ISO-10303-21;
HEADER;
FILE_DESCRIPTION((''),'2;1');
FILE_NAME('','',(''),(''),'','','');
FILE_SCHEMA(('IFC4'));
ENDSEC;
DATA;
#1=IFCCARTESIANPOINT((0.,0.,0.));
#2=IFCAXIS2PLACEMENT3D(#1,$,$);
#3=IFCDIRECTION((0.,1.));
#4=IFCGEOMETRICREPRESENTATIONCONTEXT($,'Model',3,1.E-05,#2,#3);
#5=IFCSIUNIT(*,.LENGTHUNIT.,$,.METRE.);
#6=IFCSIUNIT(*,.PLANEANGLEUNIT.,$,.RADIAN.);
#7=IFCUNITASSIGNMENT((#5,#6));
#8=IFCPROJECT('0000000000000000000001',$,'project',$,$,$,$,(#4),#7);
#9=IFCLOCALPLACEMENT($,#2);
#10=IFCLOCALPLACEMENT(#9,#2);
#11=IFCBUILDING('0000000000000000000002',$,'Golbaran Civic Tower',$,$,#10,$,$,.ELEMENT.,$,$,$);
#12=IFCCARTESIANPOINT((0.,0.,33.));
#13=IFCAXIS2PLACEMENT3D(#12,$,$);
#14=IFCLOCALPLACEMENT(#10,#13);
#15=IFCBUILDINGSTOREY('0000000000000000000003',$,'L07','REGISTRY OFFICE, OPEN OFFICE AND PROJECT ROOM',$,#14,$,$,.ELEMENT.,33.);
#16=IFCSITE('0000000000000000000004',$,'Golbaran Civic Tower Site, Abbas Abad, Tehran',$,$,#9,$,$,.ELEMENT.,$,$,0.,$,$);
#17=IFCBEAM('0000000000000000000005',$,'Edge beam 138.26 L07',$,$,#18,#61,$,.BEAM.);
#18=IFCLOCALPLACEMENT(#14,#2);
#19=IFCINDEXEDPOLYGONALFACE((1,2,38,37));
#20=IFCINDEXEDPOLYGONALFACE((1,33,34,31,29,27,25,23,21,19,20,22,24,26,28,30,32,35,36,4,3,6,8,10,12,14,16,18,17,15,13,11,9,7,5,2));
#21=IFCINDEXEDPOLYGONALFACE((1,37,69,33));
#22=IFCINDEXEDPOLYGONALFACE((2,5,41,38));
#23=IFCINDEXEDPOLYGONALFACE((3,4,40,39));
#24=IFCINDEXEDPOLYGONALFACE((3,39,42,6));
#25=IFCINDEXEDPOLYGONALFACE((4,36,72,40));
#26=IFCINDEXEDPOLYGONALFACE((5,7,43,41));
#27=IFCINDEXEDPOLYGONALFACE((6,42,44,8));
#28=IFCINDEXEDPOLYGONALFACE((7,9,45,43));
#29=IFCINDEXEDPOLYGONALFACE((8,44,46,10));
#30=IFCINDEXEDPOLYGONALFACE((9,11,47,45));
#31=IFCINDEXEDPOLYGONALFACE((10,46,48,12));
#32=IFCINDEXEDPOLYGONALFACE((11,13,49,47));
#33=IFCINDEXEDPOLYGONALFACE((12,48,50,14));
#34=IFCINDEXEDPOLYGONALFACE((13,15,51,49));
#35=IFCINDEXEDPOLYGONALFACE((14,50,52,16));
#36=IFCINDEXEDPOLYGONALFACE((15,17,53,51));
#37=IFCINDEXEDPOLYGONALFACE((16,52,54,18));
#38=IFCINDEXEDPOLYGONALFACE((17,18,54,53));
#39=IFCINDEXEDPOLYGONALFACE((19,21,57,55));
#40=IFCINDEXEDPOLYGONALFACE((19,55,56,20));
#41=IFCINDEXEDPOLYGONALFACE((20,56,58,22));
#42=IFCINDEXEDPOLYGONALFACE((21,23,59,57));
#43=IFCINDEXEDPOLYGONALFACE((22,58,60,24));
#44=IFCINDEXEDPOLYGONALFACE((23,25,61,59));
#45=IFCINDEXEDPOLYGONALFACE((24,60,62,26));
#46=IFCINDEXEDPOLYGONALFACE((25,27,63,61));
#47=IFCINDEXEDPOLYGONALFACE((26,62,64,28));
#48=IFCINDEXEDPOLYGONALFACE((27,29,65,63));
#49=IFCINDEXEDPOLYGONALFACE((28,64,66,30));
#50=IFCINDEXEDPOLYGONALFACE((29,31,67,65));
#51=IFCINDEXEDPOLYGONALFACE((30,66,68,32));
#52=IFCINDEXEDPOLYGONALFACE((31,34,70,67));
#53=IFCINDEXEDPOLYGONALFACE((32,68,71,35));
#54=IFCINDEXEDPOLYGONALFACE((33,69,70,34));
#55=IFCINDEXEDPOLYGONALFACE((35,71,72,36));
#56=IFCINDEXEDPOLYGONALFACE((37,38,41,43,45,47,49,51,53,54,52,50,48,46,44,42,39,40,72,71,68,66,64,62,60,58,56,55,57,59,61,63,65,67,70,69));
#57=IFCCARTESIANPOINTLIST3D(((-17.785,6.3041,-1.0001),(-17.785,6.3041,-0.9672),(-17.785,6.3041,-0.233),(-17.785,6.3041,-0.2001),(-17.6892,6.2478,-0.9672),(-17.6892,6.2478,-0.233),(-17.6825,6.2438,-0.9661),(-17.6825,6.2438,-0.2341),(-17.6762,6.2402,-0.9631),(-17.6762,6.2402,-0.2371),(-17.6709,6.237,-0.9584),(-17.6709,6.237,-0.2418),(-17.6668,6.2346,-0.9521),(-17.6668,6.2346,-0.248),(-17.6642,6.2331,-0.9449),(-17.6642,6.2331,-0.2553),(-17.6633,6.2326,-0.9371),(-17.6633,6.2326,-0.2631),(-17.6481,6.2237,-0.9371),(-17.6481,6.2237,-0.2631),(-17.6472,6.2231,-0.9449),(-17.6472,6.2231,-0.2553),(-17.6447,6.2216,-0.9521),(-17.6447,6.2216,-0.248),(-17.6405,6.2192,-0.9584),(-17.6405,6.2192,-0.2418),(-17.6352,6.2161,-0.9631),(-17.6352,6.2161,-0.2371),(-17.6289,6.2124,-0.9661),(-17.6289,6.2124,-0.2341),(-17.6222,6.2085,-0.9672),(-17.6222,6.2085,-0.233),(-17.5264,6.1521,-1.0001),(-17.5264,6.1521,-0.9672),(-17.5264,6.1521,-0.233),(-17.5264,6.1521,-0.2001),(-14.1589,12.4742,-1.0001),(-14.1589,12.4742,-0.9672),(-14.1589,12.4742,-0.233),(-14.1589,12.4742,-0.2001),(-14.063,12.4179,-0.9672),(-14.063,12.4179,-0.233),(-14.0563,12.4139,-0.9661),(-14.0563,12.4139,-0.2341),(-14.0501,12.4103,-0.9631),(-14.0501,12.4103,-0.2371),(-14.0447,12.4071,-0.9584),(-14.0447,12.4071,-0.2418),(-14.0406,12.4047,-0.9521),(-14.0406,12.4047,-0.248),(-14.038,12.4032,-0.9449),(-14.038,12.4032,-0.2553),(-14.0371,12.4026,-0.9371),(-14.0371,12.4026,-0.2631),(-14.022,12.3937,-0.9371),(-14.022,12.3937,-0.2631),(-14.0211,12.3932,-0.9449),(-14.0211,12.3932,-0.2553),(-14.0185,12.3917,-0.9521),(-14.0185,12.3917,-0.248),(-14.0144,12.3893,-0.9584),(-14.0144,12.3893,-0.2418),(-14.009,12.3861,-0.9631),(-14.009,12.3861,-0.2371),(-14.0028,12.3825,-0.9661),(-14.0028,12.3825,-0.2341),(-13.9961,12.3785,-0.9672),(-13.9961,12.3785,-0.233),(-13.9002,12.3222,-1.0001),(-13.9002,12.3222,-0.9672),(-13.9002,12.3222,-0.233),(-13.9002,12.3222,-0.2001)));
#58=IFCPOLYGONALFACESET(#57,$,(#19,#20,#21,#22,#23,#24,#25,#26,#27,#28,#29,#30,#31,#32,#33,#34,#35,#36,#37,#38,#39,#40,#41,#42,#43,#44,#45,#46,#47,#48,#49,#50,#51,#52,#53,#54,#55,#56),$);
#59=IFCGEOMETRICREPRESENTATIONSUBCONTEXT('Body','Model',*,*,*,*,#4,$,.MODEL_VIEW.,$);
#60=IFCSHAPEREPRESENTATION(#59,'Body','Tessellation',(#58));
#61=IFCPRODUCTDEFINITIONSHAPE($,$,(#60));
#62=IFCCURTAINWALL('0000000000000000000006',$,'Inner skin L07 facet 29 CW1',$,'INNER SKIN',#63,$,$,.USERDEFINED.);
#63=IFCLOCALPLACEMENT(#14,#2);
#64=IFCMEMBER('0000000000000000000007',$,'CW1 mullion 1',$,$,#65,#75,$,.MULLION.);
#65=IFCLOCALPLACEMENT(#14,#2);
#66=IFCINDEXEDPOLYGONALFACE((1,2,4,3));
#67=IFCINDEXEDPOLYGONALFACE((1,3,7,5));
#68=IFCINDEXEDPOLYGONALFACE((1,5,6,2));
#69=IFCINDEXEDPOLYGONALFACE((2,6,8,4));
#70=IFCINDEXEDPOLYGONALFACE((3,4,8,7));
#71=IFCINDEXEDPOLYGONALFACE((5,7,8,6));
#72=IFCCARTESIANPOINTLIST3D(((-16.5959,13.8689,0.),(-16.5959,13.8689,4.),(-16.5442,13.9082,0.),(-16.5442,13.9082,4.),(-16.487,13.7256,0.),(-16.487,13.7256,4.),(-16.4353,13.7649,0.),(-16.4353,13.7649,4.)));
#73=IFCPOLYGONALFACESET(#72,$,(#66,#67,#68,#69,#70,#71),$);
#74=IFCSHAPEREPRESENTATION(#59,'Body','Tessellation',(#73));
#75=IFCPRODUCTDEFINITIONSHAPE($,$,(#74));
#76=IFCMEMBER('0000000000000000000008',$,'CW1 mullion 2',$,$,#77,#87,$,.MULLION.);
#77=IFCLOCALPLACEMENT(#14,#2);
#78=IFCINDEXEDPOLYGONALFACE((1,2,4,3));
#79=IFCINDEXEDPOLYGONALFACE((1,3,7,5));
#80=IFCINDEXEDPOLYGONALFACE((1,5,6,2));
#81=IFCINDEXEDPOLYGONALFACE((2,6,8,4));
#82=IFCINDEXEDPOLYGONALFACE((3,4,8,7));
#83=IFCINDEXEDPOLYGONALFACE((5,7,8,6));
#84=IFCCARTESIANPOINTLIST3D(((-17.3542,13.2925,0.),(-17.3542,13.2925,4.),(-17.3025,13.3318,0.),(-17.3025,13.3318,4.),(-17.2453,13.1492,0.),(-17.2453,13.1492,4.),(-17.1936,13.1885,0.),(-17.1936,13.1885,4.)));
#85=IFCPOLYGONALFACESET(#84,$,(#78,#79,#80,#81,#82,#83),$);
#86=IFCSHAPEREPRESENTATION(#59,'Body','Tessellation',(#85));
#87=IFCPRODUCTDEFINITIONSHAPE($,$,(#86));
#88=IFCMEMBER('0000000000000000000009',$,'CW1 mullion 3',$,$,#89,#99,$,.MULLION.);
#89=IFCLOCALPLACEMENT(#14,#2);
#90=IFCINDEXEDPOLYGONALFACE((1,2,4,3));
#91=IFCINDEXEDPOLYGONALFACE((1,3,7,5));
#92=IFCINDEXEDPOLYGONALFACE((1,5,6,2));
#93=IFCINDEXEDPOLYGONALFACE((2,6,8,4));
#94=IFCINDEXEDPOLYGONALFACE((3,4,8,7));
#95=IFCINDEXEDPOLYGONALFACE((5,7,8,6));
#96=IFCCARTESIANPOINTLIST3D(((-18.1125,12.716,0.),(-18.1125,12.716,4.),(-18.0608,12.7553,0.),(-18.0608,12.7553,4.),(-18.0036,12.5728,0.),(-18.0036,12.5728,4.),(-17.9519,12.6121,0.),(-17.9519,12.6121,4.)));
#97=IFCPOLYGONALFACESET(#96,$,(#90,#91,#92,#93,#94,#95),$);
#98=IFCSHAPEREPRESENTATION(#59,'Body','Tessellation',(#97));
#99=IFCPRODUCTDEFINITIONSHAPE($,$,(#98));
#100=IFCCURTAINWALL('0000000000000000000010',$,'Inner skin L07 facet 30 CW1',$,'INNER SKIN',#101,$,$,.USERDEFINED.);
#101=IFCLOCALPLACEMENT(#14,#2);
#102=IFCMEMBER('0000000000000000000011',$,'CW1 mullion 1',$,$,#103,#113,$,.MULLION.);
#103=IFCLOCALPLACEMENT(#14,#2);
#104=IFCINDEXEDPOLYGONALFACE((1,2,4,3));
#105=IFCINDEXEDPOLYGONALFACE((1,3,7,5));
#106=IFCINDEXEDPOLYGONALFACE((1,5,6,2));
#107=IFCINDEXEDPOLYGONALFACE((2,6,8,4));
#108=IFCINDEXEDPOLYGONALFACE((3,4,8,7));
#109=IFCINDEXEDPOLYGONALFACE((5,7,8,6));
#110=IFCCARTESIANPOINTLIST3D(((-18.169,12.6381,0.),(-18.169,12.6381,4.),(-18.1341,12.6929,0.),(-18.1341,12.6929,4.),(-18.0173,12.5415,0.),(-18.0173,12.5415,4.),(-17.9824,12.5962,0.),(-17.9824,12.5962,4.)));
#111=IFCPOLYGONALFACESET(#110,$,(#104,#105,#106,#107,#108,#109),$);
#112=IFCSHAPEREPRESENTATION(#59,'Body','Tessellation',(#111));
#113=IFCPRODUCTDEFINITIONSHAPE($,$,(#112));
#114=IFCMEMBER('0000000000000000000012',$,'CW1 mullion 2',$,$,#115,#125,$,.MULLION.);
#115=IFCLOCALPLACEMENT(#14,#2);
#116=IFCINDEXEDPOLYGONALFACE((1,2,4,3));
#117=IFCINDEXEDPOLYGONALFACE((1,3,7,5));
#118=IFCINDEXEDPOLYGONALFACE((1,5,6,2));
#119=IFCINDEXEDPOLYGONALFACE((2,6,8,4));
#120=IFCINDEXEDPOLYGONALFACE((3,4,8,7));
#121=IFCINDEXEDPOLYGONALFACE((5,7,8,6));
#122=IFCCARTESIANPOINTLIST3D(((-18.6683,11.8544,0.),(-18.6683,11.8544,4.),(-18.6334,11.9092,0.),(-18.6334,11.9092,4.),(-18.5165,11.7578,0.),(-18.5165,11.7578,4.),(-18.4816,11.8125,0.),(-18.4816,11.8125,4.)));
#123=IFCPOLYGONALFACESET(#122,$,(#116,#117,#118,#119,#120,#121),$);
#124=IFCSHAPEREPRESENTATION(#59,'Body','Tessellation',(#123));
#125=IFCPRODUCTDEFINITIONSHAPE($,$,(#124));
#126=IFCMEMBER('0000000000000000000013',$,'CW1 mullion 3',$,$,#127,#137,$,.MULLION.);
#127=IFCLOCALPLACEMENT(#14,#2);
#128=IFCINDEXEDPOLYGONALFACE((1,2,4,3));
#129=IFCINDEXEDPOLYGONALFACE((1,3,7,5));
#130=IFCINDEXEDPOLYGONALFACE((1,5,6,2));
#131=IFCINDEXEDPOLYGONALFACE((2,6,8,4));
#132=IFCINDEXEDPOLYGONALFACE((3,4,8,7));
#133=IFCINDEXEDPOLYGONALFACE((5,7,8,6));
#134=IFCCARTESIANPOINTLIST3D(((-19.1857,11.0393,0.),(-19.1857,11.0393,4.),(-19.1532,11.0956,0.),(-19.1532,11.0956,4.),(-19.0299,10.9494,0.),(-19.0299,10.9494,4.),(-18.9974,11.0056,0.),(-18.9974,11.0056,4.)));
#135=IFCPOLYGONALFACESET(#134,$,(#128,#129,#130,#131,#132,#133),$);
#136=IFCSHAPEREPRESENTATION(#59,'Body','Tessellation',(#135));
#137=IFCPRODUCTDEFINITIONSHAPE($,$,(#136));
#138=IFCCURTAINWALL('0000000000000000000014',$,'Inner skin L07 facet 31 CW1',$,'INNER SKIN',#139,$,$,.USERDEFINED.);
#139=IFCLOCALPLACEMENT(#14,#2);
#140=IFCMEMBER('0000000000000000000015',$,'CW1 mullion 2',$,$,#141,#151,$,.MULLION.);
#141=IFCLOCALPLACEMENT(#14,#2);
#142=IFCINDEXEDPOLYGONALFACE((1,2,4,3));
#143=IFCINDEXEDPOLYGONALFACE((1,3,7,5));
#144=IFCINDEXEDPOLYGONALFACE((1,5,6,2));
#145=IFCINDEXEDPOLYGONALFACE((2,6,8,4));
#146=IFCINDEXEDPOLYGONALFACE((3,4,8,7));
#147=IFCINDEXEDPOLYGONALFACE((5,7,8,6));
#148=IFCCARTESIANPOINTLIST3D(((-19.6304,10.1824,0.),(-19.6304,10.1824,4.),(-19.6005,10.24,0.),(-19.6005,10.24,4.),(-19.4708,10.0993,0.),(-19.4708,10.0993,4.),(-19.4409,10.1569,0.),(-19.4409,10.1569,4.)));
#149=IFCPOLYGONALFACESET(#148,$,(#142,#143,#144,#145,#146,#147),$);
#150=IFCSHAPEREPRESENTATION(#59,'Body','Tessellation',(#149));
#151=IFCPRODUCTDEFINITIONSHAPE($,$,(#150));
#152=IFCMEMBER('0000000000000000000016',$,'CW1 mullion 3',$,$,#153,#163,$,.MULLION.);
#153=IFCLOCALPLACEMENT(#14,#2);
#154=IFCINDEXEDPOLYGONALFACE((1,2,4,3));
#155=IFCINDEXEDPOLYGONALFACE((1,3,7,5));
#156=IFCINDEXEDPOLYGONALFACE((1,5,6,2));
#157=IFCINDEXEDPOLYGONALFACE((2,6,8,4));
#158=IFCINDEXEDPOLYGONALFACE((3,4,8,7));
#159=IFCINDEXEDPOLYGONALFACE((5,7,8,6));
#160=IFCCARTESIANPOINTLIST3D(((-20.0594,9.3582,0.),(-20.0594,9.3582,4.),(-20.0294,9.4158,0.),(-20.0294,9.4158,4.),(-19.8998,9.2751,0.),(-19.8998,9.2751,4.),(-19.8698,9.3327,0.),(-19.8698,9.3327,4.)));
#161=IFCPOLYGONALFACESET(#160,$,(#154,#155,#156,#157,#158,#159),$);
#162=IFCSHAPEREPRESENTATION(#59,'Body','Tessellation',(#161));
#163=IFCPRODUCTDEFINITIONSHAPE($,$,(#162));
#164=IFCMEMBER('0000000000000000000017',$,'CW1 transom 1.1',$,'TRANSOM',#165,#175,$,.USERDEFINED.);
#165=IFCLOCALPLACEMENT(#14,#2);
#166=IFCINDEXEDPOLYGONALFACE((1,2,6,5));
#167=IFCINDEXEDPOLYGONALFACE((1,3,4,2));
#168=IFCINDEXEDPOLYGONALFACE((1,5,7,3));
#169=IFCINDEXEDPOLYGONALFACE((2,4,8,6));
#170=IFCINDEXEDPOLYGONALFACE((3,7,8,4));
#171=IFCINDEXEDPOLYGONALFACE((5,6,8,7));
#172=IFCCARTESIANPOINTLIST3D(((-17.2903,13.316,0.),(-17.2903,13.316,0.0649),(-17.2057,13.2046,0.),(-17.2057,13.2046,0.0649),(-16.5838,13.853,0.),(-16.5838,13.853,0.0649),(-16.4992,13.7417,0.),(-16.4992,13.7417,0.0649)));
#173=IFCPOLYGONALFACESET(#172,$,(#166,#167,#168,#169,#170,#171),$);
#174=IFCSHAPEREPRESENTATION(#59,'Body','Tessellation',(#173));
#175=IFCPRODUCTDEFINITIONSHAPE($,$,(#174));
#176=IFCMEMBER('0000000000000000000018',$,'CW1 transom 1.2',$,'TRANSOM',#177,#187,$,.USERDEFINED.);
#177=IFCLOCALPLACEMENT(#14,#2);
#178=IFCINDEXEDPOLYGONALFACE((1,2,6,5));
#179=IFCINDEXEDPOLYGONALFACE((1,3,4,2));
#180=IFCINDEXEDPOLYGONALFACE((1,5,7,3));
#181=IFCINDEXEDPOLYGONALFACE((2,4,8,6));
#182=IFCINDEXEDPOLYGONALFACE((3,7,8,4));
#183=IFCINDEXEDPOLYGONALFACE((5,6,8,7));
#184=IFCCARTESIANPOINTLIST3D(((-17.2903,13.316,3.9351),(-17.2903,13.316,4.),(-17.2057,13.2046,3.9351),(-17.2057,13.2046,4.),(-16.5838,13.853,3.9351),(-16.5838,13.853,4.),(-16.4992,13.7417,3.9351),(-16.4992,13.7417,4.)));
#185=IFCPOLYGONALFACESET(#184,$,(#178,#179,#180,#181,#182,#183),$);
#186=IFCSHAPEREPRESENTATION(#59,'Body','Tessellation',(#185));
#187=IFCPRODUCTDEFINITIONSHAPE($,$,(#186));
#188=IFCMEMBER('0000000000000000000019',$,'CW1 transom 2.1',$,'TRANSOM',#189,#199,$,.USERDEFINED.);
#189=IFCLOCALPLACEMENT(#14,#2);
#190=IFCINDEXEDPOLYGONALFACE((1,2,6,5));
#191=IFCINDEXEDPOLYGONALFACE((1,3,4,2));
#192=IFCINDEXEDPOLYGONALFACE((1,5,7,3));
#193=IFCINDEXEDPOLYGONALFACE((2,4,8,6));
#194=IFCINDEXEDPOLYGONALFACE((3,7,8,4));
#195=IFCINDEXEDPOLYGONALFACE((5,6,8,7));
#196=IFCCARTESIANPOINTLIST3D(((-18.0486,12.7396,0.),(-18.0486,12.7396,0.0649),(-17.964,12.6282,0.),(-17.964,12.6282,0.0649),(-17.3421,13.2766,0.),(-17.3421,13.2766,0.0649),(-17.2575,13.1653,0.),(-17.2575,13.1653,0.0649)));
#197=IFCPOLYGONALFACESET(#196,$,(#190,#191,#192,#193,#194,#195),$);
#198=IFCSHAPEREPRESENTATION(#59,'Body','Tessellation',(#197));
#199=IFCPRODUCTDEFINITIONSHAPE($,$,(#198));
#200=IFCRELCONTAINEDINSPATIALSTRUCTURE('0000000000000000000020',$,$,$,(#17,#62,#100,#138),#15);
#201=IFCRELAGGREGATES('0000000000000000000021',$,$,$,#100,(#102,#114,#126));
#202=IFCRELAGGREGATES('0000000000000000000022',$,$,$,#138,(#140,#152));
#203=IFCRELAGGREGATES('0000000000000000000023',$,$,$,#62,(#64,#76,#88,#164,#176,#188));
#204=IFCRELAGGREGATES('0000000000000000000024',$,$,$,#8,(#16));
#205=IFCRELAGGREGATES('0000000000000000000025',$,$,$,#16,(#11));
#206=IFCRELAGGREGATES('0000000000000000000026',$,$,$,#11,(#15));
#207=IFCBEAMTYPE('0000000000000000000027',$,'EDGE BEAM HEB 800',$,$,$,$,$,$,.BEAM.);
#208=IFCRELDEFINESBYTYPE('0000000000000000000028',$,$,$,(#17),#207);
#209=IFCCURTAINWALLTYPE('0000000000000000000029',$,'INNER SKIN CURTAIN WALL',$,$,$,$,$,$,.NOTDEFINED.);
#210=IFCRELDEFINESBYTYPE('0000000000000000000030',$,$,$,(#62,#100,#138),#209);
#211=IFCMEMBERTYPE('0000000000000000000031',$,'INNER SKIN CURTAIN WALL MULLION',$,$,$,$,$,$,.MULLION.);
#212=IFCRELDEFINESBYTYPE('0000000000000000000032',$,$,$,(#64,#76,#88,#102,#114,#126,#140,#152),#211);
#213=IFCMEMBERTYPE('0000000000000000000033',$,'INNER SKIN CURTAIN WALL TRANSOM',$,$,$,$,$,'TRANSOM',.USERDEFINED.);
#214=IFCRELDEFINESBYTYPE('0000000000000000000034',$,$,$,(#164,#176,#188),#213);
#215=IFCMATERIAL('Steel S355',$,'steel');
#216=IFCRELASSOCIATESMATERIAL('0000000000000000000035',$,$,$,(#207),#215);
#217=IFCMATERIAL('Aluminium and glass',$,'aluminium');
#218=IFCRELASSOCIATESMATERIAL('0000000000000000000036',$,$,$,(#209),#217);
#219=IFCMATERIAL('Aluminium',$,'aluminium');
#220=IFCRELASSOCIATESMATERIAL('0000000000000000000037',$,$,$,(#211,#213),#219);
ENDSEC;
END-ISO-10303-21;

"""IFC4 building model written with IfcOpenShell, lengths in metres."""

from ifc_helpers import new_model, si_unit, direction, frame, origin, origin_2d, place, context, subcontext, project, spatial, rectangle, i_section, extrude, material, material_profile, profile_set, type_object, element, aggregate, save


model = new_model("IFC4")

# Units and contexts
model_context = context("Model", 3, precision=1e-05, world=origin(), true_north=direction((0.0, 1.0)))
body_context = subcontext(model_context, "Body", "Model", "MODEL_VIEW")
ifc_project = project(units=[si_unit("LENGTHUNIT", "METRE"), si_unit("PLANEANGLEUNIT", "RADIAN")], contexts=[model_context])

# Site, building, storey
site_placement = place(None, origin())
site = spatial("IfcSite", under=ifc_project, at=site_placement, Name="Golbaran Civic Tower Site, Abbas Abad, Tehran", CompositionType="ELEMENT", RefElevation=0.0)
building_placement = place(site_placement, origin())
building = spatial("IfcBuilding", under=site, at=building_placement, Name="Golbaran Civic Tower", CompositionType="ELEMENT")
storey_placement = place(building_placement, frame((0.0, 0.0, 33.0)))
storey = spatial("IfcBuildingStorey", under=building, at=storey_placement, Name="L07", Description="REGISTRY OFFICE, OPEN OFFICE AND PROJECT ROOM", CompositionType="ELEMENT", Elevation=33.0)

# Beam
ifc_material_1 = material(Name="Steel S355", Category="steel")
ifc_material_profile_1 = material_profile(ifc_material_1, i_section(OverallWidth=0.3, OverallDepth=0.8, WebThickness=0.0176, FlangeThickness=0.033, FilletRadius=0.03, at=origin_2d()), Name="HEB 800")
ifc_profile_set_1 = profile_set([ifc_material_profile_1], Name="Steel S355")
beam_type = type_object("IfcBeamType", Name="EDGE BEAM HEB 800", PredefinedType="BEAM", material=ifc_profile_set_1)
beam_placement = place(storey_placement, frame((-14.0295, 12.3982, -0.6001), z_axis=(-0.506679, -0.862135, 0.0), x_axis=(0.862135, -0.506679, 0.0)))
element("IfcBeam", 1, at=beam_placement, inside=storey, type_object=beam_type, Name="Edge beam 138.26 L07", PredefinedType="BEAM", context=body_context, shape_type="SweptSolid", body=[
    extrude(i_section(OverallWidth=0.3, OverallDepth=0.8, WebThickness=0.0176, FlangeThickness=0.033, FilletRadius=0.03, at=origin_2d()), origin(), (0.0, 0.0, 1.0), 7.1567),
])

# Curtain walls, members
ifc_material_2 = material(Name="Aluminium and glass", Category="aluminium")
curtain_wall_type = type_object("IfcCurtainWallType", Name="INNER SKIN CURTAIN WALL", PredefinedType="NOTDEFINED", material=ifc_material_2)
curtain_wall_1_placement = place(storey_placement, origin())
curtain_wall_1 = element("IfcCurtainWall", 2, at=curtain_wall_1_placement, inside=storey, type_object=curtain_wall_type, Name="Inner skin L07 facet 29 CW1", ObjectType="INNER SKIN", PredefinedType="USERDEFINED")
ifc_material_3 = material(Name="Aluminium", Category="aluminium")
ifc_material_profile_2 = material_profile(ifc_material_3, rectangle(XDim=0.1799, YDim=0.0649, at=origin_2d()), Name="INNER SKIN CURTAIN WALL MULLION")
ifc_profile_set_2 = profile_set([ifc_material_profile_2], Name="Aluminium")
member_type_1 = type_object("IfcMemberType", Name="INNER SKIN CURTAIN WALL MULLION", PredefinedType="MULLION", material=ifc_profile_set_2)
member_1_placement = place(storey_placement, frame((-16.5156, 13.8169, 0.0), z_axis=(0.0, 0.0, 1.0), x_axis=(0.605154, -0.796108, 0.0)))
member_1 = element("IfcMember", 3, at=member_1_placement, type_object=member_type_1, Name="CW1 mullion 1", PredefinedType="MULLION", context=body_context, shape_type="SweptSolid", body=[
    extrude(rectangle(XDim=0.1799, YDim=0.0649, at=origin_2d()), origin(), (0.0, 0.0, 1.0), 4.0),
])
member_2_placement = place(storey_placement, frame((-17.2739, 13.2405, 0.0), z_axis=(0.0, 0.0, 1.0), x_axis=(0.605154, -0.796108, 0.0)))
member_2 = element("IfcMember", 4, at=member_2_placement, type_object=member_type_1, Name="CW1 mullion 2", PredefinedType="MULLION", context=body_context, shape_type="SweptSolid", body=[
    extrude(rectangle(XDim=0.1799, YDim=0.0649, at=origin_2d()), origin(), (0.0, 0.0, 1.0), 4.0),
])
member_3_placement = place(storey_placement, frame((-18.0322, 12.6641, 0.0), z_axis=(0.0, 0.0, 1.0), x_axis=(0.605154, -0.796108, 0.0)))
member_3 = element("IfcMember", 5, at=member_3_placement, type_object=member_type_1, Name="CW1 mullion 3", PredefinedType="MULLION", context=body_context, shape_type="SweptSolid", body=[
    extrude(rectangle(XDim=0.1799, YDim=0.0649, at=origin_2d()), origin(), (0.0, 0.0, 1.0), 4.0),
])
curtain_wall_2_placement = place(storey_placement, origin())
curtain_wall_2 = element("IfcCurtainWall", 6, at=curtain_wall_2_placement, inside=storey, type_object=curtain_wall_type, Name="Inner skin L07 facet 30 CW1", ObjectType="INNER SKIN", PredefinedType="USERDEFINED")
member_4_placement = place(storey_placement, frame((-18.0757, 12.6172, 0.0), z_axis=(0.0, 0.0, 1.0), x_axis=(0.843391, -0.5373, 0.0)))
member_4 = element("IfcMember", 7, at=member_4_placement, type_object=member_type_1, Name="CW1 mullion 1", PredefinedType="MULLION", context=body_context, shape_type="SweptSolid", body=[
    extrude(rectangle(XDim=0.1799, YDim=0.0649, at=origin_2d()), origin(), (0.0, 0.0, 1.0), 4.0),
])
member_5_placement = place(storey_placement, frame((-18.575, 11.8335, 0.0), z_axis=(0.0, 0.0, 1.0), x_axis=(0.843391, -0.5373, 0.0)))
member_5 = element("IfcMember", 8, at=member_5_placement, type_object=member_type_1, Name="CW1 mullion 2", PredefinedType="MULLION", context=body_context, shape_type="SweptSolid", body=[
    extrude(rectangle(XDim=0.1799, YDim=0.0649, at=origin_2d()), origin(), (0.0, 0.0, 1.0), 4.0),
])
member_6_placement = place(storey_placement, frame((-19.0916, 11.0225, 0.0), z_axis=(0.0, 0.0, 1.0), x_axis=(0.866025, -0.5, 0.0)))
member_6 = element("IfcMember", 9, at=member_6_placement, type_object=member_type_1, Name="CW1 mullion 3", PredefinedType="MULLION", context=body_context, shape_type="SweptSolid", body=[
    extrude(rectangle(XDim=0.1799, YDim=0.0649, at=origin_2d()), origin(), (0.0, 0.0, 1.0), 4.0),
])
curtain_wall_3_placement = place(storey_placement, origin())
curtain_wall_3 = element("IfcCurtainWall", 10, at=curtain_wall_3_placement, inside=storey, type_object=curtain_wall_type, Name="Inner skin L07 facet 31 CW1", ObjectType="INNER SKIN", PredefinedType="USERDEFINED")
member_7_placement = place(storey_placement, frame((-19.5356, 10.1697, 0.0), z_axis=(0.0, 0.0, 1.0), x_axis=(0.887011, -0.461749, 0.0)))
member_7 = element("IfcMember", 11, at=member_7_placement, type_object=member_type_1, Name="CW1 mullion 2", PredefinedType="MULLION", context=body_context, shape_type="SweptSolid", body=[
    extrude(rectangle(XDim=0.1799, YDim=0.0649, at=origin_2d()), origin(), (0.0, 0.0, 1.0), 4.0),
])
member_8_placement = place(storey_placement, frame((-19.9646, 9.3455, 0.0), z_axis=(0.0, 0.0, 1.0), x_axis=(0.887011, -0.461749, 0.0)))
member_8 = element("IfcMember", 12, at=member_8_placement, type_object=member_type_1, Name="CW1 mullion 3", PredefinedType="MULLION", context=body_context, shape_type="SweptSolid", body=[
    extrude(rectangle(XDim=0.1799, YDim=0.0649, at=origin_2d()), origin(), (0.0, 0.0, 1.0), 4.0),
])

# Members
ifc_material_profile_3 = material_profile(ifc_material_3, rectangle(XDim=0.1399, YDim=0.0649, at=origin_2d()), Name="INNER SKIN CURTAIN WALL TRANSOM")
ifc_profile_set_3 = profile_set([ifc_material_profile_3], Name="Aluminium")
member_type_2 = type_object("IfcMemberType", Name="INNER SKIN CURTAIN WALL TRANSOM", ElementType="TRANSOM", PredefinedType="USERDEFINED", material=ifc_profile_set_3)
member_9_placement = place(storey_placement, frame((-16.5415, 13.7974, 0.0325), z_axis=(-0.796088, -0.605181, 0.0), x_axis=(0.605181, -0.796088, 0.0)))
member_9 = element("IfcMember", 13, at=member_9_placement, type_object=member_type_2, Name="CW1 transom 1.1", ObjectType="TRANSOM", PredefinedType="USERDEFINED", context=body_context, shape_type="SweptSolid", body=[
    extrude(rectangle(XDim=0.1399, YDim=0.0649, at=origin_2d()), origin(), (0.0, 0.0, 1.0), 0.8875),
])
member_10_placement = place(storey_placement, frame((-16.5415, 13.7974, 3.9675), z_axis=(-0.796088, -0.605181, 0.0), x_axis=(0.605181, -0.796088, 0.0)))
member_10 = element("IfcMember", 14, at=member_10_placement, type_object=member_type_2, Name="CW1 transom 1.2", ObjectType="TRANSOM", PredefinedType="USERDEFINED", context=body_context, shape_type="SweptSolid", body=[
    extrude(rectangle(XDim=0.1399, YDim=0.0649, at=origin_2d()), origin(), (0.0, 0.0, 1.0), 0.8875),
])
member_11_placement = place(storey_placement, frame((-17.2998, 13.2209, 0.0325), z_axis=(-0.796088, -0.605181, 0.0), x_axis=(0.605181, -0.796088, 0.0)))
member_11 = element("IfcMember", 15, at=member_11_placement, type_object=member_type_2, Name="CW1 transom 2.1", ObjectType="TRANSOM", PredefinedType="USERDEFINED", context=body_context, shape_type="SweptSolid", body=[
    extrude(rectangle(XDim=0.1399, YDim=0.0649, at=origin_2d()), origin(), (0.0, 0.0, 1.0), 0.8875),
])

aggregate(curtain_wall_2, [member_4, member_5, member_6])
aggregate(curtain_wall_3, [member_7, member_8])
aggregate(curtain_wall_1, [member_1, member_2, member_3, member_9, member_10, member_11])

save(model, "model.ifc")
